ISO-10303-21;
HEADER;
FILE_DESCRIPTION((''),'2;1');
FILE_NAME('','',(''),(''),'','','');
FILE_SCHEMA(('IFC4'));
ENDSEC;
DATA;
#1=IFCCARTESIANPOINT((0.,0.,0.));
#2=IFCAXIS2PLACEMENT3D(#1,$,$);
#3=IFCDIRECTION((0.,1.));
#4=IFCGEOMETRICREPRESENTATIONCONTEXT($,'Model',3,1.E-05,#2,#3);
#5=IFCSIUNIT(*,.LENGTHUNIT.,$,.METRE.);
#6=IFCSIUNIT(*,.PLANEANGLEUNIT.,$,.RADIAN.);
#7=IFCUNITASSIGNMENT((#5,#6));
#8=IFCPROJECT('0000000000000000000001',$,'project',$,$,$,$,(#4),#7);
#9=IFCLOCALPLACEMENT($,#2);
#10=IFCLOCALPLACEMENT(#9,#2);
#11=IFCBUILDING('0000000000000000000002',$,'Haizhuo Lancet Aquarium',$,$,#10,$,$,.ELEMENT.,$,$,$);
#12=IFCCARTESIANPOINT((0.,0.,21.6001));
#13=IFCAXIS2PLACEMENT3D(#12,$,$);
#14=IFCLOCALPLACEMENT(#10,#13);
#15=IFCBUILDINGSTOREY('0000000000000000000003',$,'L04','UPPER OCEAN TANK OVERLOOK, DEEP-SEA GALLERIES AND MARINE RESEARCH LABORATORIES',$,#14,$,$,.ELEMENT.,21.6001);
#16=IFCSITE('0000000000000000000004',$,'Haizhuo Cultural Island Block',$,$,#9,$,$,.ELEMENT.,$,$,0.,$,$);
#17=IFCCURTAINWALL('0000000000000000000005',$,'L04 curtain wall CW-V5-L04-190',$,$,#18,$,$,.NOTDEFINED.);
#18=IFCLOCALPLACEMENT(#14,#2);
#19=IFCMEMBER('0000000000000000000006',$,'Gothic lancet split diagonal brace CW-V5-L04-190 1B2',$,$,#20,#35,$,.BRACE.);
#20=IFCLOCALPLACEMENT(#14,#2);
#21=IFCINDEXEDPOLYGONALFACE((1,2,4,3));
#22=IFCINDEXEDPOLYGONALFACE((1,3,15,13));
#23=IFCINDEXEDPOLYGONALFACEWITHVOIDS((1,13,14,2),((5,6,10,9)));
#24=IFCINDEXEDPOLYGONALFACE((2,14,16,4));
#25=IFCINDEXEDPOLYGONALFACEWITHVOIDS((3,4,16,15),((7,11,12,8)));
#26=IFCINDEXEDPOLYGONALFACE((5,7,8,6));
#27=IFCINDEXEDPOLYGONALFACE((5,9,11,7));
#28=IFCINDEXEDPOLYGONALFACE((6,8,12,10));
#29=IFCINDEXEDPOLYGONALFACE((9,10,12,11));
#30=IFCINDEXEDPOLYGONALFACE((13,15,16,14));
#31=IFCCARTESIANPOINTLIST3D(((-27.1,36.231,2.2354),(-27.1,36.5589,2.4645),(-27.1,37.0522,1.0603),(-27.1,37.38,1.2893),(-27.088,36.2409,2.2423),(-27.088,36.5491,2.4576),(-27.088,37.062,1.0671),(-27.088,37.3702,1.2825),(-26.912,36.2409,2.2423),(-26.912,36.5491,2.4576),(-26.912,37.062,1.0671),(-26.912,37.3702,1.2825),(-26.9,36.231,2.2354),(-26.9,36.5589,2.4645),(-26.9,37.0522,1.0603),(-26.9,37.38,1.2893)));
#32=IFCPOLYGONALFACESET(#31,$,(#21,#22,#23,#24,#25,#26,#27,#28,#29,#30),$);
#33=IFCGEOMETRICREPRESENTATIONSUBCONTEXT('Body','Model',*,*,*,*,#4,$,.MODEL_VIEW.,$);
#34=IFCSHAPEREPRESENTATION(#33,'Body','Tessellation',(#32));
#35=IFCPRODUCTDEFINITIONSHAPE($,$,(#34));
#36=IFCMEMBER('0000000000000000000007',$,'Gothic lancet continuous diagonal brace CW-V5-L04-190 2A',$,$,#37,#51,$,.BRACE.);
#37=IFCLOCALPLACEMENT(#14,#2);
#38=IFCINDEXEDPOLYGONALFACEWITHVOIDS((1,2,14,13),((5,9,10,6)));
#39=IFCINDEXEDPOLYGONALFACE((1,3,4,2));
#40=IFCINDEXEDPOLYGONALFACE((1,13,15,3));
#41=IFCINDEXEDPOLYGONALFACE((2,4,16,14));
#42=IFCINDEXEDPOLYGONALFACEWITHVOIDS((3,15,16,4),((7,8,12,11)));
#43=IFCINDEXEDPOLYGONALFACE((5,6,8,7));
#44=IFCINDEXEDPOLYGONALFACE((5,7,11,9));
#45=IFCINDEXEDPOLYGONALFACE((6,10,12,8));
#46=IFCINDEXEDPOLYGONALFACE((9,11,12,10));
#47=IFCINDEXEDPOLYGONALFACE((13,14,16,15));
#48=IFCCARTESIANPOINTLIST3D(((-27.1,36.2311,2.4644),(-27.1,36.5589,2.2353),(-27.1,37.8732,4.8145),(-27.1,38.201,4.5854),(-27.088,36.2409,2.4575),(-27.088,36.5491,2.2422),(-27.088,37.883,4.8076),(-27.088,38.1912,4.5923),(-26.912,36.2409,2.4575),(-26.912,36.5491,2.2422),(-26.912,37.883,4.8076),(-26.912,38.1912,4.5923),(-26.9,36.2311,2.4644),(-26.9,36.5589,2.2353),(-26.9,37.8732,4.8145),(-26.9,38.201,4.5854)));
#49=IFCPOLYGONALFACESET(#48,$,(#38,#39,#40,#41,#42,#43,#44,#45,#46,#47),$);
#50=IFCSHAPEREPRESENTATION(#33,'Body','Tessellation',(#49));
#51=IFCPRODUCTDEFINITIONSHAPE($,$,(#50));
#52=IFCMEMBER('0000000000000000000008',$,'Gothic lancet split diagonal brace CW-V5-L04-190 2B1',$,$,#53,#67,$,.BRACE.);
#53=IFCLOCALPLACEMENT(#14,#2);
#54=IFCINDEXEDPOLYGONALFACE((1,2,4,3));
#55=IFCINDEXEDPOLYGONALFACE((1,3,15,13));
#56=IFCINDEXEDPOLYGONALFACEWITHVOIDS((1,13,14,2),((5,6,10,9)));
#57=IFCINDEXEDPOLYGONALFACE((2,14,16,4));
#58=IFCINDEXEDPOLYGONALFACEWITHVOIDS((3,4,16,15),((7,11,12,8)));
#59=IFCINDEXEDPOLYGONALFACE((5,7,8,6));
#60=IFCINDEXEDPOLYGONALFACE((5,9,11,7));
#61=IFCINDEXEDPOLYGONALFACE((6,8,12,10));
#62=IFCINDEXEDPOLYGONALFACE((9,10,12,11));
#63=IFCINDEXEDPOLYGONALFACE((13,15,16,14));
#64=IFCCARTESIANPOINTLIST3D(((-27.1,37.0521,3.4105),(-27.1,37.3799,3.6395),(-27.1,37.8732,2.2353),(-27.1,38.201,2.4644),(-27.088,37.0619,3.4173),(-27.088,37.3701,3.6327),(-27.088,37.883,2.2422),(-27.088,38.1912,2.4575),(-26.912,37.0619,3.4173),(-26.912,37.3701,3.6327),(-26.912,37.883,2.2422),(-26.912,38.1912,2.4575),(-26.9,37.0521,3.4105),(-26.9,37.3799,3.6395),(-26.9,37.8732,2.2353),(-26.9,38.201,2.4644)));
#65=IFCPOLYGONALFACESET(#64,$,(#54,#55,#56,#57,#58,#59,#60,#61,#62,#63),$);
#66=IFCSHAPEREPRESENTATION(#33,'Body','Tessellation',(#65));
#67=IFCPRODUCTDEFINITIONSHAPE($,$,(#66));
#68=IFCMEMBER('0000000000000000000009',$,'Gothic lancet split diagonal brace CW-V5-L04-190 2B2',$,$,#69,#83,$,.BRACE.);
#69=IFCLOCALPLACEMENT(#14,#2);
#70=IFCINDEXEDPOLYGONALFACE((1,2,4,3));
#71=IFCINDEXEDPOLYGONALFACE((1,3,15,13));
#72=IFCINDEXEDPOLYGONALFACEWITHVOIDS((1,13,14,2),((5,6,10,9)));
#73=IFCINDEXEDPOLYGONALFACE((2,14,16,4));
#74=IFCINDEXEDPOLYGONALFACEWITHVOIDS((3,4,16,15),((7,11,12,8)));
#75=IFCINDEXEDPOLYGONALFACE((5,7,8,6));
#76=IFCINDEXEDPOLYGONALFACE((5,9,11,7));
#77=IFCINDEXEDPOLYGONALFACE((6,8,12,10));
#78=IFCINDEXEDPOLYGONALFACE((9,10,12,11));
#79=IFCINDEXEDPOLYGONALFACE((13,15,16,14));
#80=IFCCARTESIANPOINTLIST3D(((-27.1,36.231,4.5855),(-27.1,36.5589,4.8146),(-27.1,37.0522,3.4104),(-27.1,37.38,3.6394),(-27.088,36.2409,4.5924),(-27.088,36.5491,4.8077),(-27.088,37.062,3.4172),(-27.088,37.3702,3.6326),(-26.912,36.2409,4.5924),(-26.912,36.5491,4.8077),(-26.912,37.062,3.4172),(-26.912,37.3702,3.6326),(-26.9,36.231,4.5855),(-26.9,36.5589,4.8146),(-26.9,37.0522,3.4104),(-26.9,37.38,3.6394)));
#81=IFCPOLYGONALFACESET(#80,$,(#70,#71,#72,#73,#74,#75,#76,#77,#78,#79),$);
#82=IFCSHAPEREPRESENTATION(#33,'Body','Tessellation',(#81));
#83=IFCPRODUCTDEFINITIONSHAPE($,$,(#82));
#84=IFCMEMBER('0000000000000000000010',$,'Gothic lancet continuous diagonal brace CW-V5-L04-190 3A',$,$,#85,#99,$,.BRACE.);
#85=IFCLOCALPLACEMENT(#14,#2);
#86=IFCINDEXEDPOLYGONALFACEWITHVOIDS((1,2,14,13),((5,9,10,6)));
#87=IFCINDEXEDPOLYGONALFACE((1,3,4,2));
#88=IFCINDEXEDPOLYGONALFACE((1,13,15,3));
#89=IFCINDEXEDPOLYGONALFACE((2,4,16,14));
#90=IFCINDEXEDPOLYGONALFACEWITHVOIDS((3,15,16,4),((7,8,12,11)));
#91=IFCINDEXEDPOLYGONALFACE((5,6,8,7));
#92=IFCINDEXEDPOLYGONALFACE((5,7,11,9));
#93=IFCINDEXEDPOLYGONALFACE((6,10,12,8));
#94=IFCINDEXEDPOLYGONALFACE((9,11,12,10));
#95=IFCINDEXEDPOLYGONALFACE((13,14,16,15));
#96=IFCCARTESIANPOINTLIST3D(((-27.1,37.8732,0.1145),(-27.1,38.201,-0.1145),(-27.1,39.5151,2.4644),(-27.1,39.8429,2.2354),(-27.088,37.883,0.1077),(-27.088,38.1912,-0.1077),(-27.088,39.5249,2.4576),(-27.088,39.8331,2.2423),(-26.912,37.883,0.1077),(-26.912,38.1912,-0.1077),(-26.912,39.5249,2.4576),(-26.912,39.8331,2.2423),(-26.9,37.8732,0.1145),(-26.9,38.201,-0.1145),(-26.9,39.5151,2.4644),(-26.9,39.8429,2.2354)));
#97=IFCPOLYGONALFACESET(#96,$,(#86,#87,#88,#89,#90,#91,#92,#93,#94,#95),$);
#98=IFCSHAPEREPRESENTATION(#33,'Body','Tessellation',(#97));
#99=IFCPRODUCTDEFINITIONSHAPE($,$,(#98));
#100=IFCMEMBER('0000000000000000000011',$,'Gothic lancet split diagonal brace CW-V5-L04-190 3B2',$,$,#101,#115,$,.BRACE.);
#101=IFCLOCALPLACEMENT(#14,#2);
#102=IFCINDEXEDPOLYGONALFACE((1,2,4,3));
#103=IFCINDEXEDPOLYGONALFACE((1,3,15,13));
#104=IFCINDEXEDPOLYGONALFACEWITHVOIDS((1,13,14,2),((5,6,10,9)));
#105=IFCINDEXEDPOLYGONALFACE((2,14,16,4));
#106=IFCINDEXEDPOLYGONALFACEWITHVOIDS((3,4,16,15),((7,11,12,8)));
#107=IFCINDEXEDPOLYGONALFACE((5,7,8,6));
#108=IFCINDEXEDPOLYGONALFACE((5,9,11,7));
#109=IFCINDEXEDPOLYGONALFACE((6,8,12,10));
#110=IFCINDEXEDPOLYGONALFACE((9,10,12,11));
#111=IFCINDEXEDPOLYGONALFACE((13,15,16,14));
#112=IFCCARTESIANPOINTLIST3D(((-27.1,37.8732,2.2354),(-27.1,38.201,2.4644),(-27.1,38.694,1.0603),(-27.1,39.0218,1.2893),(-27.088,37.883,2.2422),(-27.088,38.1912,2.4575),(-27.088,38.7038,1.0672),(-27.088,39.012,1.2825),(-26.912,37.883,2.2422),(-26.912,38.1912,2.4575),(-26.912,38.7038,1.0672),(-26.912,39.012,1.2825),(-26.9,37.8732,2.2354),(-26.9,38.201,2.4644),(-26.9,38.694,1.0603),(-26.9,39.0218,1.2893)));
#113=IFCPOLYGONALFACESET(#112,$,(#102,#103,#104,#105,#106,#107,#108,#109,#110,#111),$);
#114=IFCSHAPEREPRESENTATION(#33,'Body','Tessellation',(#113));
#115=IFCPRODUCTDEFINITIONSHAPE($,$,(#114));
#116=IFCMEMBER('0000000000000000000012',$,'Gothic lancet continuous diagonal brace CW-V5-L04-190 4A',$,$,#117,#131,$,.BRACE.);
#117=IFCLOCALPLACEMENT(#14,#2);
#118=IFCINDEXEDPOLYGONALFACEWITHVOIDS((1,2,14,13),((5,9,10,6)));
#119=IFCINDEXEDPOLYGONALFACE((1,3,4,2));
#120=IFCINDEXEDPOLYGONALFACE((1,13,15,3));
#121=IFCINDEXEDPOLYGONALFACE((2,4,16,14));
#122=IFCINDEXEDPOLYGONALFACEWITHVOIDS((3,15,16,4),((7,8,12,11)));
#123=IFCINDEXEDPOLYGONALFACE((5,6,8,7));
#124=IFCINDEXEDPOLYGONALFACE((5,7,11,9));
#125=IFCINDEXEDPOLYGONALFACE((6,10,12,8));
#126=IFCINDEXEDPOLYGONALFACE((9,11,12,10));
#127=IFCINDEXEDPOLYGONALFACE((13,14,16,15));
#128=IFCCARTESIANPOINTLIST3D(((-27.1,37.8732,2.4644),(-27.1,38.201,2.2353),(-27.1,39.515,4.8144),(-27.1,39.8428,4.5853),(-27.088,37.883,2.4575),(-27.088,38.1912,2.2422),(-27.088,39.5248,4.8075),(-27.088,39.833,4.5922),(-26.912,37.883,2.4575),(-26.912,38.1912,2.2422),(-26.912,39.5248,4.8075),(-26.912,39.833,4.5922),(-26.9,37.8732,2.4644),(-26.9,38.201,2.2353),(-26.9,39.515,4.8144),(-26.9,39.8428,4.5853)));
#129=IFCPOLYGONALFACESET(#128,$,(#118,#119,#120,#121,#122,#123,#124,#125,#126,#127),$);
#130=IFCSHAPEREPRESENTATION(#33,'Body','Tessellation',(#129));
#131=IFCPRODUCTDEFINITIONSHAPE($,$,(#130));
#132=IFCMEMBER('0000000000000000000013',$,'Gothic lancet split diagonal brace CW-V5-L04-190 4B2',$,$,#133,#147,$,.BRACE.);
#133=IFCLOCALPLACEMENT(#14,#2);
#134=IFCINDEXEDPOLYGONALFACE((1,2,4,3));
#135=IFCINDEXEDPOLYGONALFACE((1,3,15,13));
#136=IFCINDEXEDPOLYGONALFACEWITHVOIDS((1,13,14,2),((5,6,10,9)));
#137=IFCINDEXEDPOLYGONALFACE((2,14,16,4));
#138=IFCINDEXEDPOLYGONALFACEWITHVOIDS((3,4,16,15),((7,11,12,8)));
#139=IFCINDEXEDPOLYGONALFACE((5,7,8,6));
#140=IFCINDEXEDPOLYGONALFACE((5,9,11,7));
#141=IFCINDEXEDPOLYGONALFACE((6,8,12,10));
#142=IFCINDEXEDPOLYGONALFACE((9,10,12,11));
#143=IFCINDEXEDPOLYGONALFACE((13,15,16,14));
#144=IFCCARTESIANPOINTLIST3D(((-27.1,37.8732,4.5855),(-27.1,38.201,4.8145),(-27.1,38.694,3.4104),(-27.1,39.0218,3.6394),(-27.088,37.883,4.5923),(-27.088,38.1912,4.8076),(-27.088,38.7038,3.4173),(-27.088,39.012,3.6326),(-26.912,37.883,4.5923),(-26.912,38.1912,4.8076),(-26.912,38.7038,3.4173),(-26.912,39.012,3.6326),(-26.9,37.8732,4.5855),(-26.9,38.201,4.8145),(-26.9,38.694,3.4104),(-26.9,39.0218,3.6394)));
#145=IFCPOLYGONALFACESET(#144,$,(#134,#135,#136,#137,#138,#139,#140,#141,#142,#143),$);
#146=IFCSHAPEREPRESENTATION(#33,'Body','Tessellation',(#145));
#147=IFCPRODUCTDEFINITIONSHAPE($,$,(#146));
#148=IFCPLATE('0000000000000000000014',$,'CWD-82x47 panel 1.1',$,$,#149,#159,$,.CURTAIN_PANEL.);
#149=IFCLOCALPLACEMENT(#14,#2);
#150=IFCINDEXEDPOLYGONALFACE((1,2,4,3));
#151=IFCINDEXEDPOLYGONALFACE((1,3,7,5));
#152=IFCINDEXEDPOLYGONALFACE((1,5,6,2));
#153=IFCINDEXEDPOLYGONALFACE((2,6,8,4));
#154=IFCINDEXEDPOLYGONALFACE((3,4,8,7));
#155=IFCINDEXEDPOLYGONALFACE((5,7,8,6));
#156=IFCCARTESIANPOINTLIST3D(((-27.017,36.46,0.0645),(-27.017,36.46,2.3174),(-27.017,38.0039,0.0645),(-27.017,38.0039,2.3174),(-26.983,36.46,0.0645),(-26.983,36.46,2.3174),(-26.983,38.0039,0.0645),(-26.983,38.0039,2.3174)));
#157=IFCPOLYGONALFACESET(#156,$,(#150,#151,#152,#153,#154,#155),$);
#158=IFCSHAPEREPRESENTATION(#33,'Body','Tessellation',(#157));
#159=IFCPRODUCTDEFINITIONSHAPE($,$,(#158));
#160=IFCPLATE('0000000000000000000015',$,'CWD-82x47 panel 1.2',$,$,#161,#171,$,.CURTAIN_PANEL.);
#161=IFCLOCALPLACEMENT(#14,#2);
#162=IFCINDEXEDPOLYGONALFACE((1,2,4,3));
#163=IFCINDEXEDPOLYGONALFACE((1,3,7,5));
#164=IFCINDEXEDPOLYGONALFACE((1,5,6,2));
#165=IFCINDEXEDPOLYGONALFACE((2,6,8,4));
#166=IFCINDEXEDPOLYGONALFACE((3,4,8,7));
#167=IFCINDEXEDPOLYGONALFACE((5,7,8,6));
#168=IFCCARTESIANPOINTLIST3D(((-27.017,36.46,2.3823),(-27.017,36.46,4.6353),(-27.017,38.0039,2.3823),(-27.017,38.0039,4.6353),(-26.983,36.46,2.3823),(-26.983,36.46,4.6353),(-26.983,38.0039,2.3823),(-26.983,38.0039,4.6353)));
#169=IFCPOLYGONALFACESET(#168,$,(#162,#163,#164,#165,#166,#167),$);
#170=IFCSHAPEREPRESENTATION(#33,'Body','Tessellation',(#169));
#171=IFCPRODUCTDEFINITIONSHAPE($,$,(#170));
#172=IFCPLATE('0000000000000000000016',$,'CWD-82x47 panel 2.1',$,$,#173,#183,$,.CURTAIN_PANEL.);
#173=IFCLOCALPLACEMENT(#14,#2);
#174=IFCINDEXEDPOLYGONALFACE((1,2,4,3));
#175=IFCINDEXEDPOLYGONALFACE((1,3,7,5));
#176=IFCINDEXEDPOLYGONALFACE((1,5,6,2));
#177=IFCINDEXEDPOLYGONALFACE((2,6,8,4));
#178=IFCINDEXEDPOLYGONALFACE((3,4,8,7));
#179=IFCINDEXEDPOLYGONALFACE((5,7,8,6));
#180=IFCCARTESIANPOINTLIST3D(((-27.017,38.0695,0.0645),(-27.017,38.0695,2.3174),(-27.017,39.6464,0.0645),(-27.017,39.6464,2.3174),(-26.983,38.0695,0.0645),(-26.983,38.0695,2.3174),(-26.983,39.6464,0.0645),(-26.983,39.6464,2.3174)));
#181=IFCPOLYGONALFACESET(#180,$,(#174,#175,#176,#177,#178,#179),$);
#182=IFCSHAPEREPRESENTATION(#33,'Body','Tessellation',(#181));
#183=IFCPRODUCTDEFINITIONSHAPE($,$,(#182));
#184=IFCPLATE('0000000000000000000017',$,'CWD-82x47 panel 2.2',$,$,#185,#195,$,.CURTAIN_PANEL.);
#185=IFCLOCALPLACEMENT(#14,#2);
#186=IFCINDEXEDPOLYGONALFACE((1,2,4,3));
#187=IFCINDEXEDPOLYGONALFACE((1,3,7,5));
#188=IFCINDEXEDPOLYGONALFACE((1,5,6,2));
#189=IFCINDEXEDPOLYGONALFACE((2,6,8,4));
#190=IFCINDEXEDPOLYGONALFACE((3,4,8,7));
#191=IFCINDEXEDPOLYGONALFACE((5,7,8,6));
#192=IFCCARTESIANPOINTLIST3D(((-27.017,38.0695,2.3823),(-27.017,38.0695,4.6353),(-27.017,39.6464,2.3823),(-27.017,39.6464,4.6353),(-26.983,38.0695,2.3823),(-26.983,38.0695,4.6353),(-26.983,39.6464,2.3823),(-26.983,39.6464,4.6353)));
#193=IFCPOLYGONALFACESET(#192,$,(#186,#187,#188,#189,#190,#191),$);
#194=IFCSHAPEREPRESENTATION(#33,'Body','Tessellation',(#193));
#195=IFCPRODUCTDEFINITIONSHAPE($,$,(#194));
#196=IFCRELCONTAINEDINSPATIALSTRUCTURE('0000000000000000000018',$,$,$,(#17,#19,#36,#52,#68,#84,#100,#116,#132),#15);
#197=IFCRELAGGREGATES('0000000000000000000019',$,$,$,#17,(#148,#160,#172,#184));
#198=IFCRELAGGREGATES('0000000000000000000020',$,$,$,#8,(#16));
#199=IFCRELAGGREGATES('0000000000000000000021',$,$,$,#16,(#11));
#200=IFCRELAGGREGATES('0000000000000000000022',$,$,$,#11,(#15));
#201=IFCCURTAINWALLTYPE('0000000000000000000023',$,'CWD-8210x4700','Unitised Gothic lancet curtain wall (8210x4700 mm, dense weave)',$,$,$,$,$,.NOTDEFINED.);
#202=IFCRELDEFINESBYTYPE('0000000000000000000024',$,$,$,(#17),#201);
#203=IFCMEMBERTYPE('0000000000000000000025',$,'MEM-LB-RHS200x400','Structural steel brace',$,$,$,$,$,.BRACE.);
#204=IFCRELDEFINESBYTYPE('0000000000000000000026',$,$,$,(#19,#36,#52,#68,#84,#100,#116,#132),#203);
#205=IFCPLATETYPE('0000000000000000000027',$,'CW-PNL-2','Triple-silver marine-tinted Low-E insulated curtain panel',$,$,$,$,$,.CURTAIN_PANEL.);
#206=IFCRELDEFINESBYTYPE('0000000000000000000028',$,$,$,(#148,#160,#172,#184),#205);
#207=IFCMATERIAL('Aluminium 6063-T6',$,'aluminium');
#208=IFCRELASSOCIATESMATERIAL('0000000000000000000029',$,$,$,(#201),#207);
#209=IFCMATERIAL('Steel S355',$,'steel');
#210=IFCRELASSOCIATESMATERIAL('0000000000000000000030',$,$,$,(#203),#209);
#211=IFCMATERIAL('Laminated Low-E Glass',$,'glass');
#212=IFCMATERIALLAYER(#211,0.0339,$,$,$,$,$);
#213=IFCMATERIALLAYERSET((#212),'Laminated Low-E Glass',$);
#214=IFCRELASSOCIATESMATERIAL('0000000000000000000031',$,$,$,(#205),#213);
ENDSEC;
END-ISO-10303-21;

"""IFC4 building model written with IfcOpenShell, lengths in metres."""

from ifc_helpers import new_model, si_unit, direction, frame, origin, origin_2d, place, context, subcontext, project, spatial, rectangle, hollow_rectangle, extrude, material, layer, layer_set, material_profile, profile_set, type_object, element, aggregate, save


model = new_model("IFC4")

# Units and contexts
model_context = context("Model", 3, precision=1e-05, world=origin(), true_north=direction((0.0, 1.0)))
body_context = subcontext(model_context, "Body", "Model", "MODEL_VIEW")
ifc_project = project(units=[si_unit("LENGTHUNIT", "METRE"), si_unit("PLANEANGLEUNIT", "RADIAN")], contexts=[model_context])

# Site, building, storey
site_placement = place(None, origin())
site = spatial("IfcSite", under=ifc_project, at=site_placement, Name="Haizhuo Cultural Island Block", CompositionType="ELEMENT", RefElevation=0.0)
building_placement = place(site_placement, origin())
building = spatial("IfcBuilding", under=site, at=building_placement, Name="Haizhuo Lancet Aquarium", CompositionType="ELEMENT")
storey_placement = place(building_placement, frame((0.0, 0.0, 21.6001)))
storey = spatial("IfcBuildingStorey", under=building, at=storey_placement, Name="L04", Description="UPPER OCEAN TANK OVERLOOK, DEEP-SEA GALLERIES AND MARINE RESEARCH LABORATORIES", CompositionType="ELEMENT", Elevation=21.6001)

# Curtain wall
ifc_material_1 = material(Name="Aluminium 6063-T6", Category="aluminium")
curtain_wall_type = type_object("IfcCurtainWallType", Name="CWD-8210x4700", Description="Unitised Gothic lancet curtain wall (8210x4700 mm, dense weave)", PredefinedType="NOTDEFINED", material=ifc_material_1)
curtain_wall_placement = place(storey_placement, origin())
curtain_wall = element("IfcCurtainWall", 1, at=curtain_wall_placement, inside=storey, type_object=curtain_wall_type, Name="L04 curtain wall CW-V5-L04-190", PredefinedType="NOTDEFINED")

# Members
ifc_material_2 = material(Name="Steel S355", Category="steel")
ifc_material_profile_1 = material_profile(ifc_material_2, hollow_rectangle(XDim=0.2, YDim=0.3999, WallThickness=0.012, at=origin_2d()), Name="RHS 200x400x12")
ifc_profile_set_1 = profile_set([ifc_material_profile_1], Name="Steel S355")
member_type_1 = type_object("IfcMemberType", Name="MEM-LB-RHS200x400", Description="Structural steel brace", PredefinedType="BRACE", material=ifc_profile_set_1)
member_1_placement = place(storey_placement, frame((-27.0, 37.2161, 1.1748), z_axis=(0.0, -0.572765, 0.81972), x_axis=(1.0, 0.0, 0.0)))
element("IfcMember", 2, at=member_1_placement, inside=storey, type_object=member_type_1, Name="Gothic lancet split diagonal brace CW-V5-L04-190 1B2", PredefinedType="BRACE", context=body_context, shape_type="SweptSolid", body=[
    extrude(hollow_rectangle(XDim=0.2, YDim=0.3999, WallThickness=0.012, at=origin_2d()), origin(), (0.0, 0.0, 1.0), 1.4336),
])
member_2_placement = place(storey_placement, frame((-27.0, 36.395, 2.3499), z_axis=(0.0, 0.572765, 0.81972), x_axis=(-1.0, 0.0, 0.0)))
element("IfcMember", 3, at=member_2_placement, inside=storey, type_object=member_type_1, Name="Gothic lancet continuous diagonal brace CW-V5-L04-190 2A", PredefinedType="BRACE", context=body_context, shape_type="SweptSolid", body=[
    extrude(hollow_rectangle(XDim=0.2, YDim=0.3999, WallThickness=0.012, at=origin_2d()), origin(), (0.0, 0.0, 1.0), 2.8669),
])
for number, where, z_axis, x_axis, name in (
    (4, (-27.0, 38.0371, 2.3499), (0.0, -0.572765, 0.81972), (1.0, 0.0, 0.0), "Gothic lancet split diagonal brace CW-V5-L04-190 2B1"),
    (5, (-27.0, 37.2161, 3.5249), (0.0, -0.572765, 0.81972), (1.0, 0.0, 0.0), "Gothic lancet split diagonal brace CW-V5-L04-190 2B2"),
):
    element("IfcMember", number, at=place(storey_placement, frame(where, z_axis=z_axis, x_axis=x_axis)), inside=storey, type_object=member_type_1, Name=name, PredefinedType="BRACE", context=body_context, shape_type="SweptSolid", body=[
        extrude(hollow_rectangle(XDim=0.2, YDim=0.3999, WallThickness=0.012, at=origin_2d()), origin(), (0.0, 0.0, 1.0), 1.4336),
    ])
member_3_placement = place(storey_placement, frame((-27.0, 38.0371, 0.0), z_axis=(0.0, 0.572748, 0.819732), x_axis=(-1.0, 0.0, 0.0)))
element("IfcMember", 6, at=member_3_placement, inside=storey, type_object=member_type_1, Name="Gothic lancet continuous diagonal brace CW-V5-L04-190 3A", PredefinedType="BRACE", context=body_context, shape_type="SweptSolid", body=[
    extrude(hollow_rectangle(XDim=0.2, YDim=0.3999, WallThickness=0.012, at=origin_2d()), origin(), (0.0, 0.0, 1.0), 2.8667),
])
member_4_placement = place(storey_placement, frame((-27.0, 38.8579, 1.1748), z_axis=(0.0, -0.57265, 0.8198), x_axis=(1.0, 0.0, 0.0)))
element("IfcMember", 7, at=member_4_placement, inside=storey, type_object=member_type_1, Name="Gothic lancet split diagonal brace CW-V5-L04-190 3B2", PredefinedType="BRACE", context=body_context, shape_type="SweptSolid", body=[
    extrude(hollow_rectangle(XDim=0.2, YDim=0.3999, WallThickness=0.012, at=origin_2d()), origin(), (0.0, 0.0, 1.0), 1.4333),
])
member_5_placement = place(storey_placement, frame((-27.0, 38.0371, 2.3499), z_axis=(0.0, 0.572708, 0.81976), x_axis=(-1.0, 0.0, 0.0)))
element("IfcMember", 8, at=member_5_placement, inside=storey, type_object=member_type_1, Name="Gothic lancet continuous diagonal brace CW-V5-L04-190 4A", PredefinedType="BRACE", context=body_context, shape_type="SweptSolid", body=[
    extrude(hollow_rectangle(XDim=0.2, YDim=0.3999, WallThickness=0.012, at=origin_2d()), origin(), (0.0, 0.0, 1.0), 2.8667),
])
member_6_placement = place(storey_placement, frame((-27.0, 38.8579, 3.5249), z_axis=(0.0, -0.57265, 0.8198), x_axis=(1.0, 0.0, 0.0)))
element("IfcMember", 9, at=member_6_placement, inside=storey, type_object=member_type_1, Name="Gothic lancet split diagonal brace CW-V5-L04-190 4B2", PredefinedType="BRACE", context=body_context, shape_type="SweptSolid", body=[
    extrude(hollow_rectangle(XDim=0.2, YDim=0.3999, WallThickness=0.012, at=origin_2d()), origin(), (0.0, 0.0, 1.0), 1.4333),
])

# Plates
ifc_material_3 = material(Name="Laminated Low-E Glass", Category="glass")
ifc_layer = layer(ifc_material_3, 0.0339)
ifc_layer_set = layer_set([ifc_layer], Name="Laminated Low-E Glass")
plate_type = type_object("IfcPlateType", Name="CW-PNL-2", Description="Triple-silver marine-tinted Low-E insulated curtain panel", PredefinedType="CURTAIN_PANEL", material=ifc_layer_set)
plate_1_placement = place(storey_placement, frame((-27.0, 37.2319, 0.0645), z_axis=(0.0, 0.0, 1.0), x_axis=(0.0, 1.0, 0.0)))
plate_1 = element("IfcPlate", 10, at=plate_1_placement, type_object=plate_type, Name="CWD-82x47 panel 1.1", PredefinedType="CURTAIN_PANEL", context=body_context, shape_type="SweptSolid", body=[
    extrude(rectangle(XDim=1.5439, YDim=0.0339, at=origin_2d()), origin(), (0.0, 0.0, 1.0), 2.2529),
])
plate_2_placement = place(storey_placement, frame((-27.0, 37.2319, 2.3823), z_axis=(0.0, 0.0, 1.0), x_axis=(0.0, 1.0, 0.0)))
plate_2 = element("IfcPlate", 11, at=plate_2_placement, type_object=plate_type, Name="CWD-82x47 panel 1.2", PredefinedType="CURTAIN_PANEL", context=body_context, shape_type="SweptSolid", body=[
    extrude(rectangle(XDim=1.5439, YDim=0.0339, at=origin_2d()), origin(), (0.0, 0.0, 1.0), 2.2529),
])
plate_3_placement = place(storey_placement, frame((-27.0, 38.8579, 0.0645), z_axis=(0.0, 0.0, 1.0), x_axis=(0.0, 1.0, 0.0)))
plate_3 = element("IfcPlate", 12, at=plate_3_placement, type_object=plate_type, Name="CWD-82x47 panel 2.1", PredefinedType="CURTAIN_PANEL", context=body_context, shape_type="SweptSolid", body=[
    extrude(rectangle(XDim=1.5769, YDim=0.0339, at=origin_2d()), origin(), (0.0, 0.0, 1.0), 2.2529),
])
plate_4_placement = place(storey_placement, frame((-27.0, 38.8579, 2.3823), z_axis=(0.0, 0.0, 1.0), x_axis=(0.0, 1.0, 0.0)))
plate_4 = element("IfcPlate", 13, at=plate_4_placement, type_object=plate_type, Name="CWD-82x47 panel 2.2", PredefinedType="CURTAIN_PANEL", context=body_context, shape_type="SweptSolid", body=[
    extrude(rectangle(XDim=1.5769, YDim=0.0339, at=origin_2d()), origin(), (0.0, 0.0, 1.0), 2.2529),
])
aggregate(curtain_wall, [plate_1, plate_2, plate_3, plate_4])

save(model, "model.ifc")
